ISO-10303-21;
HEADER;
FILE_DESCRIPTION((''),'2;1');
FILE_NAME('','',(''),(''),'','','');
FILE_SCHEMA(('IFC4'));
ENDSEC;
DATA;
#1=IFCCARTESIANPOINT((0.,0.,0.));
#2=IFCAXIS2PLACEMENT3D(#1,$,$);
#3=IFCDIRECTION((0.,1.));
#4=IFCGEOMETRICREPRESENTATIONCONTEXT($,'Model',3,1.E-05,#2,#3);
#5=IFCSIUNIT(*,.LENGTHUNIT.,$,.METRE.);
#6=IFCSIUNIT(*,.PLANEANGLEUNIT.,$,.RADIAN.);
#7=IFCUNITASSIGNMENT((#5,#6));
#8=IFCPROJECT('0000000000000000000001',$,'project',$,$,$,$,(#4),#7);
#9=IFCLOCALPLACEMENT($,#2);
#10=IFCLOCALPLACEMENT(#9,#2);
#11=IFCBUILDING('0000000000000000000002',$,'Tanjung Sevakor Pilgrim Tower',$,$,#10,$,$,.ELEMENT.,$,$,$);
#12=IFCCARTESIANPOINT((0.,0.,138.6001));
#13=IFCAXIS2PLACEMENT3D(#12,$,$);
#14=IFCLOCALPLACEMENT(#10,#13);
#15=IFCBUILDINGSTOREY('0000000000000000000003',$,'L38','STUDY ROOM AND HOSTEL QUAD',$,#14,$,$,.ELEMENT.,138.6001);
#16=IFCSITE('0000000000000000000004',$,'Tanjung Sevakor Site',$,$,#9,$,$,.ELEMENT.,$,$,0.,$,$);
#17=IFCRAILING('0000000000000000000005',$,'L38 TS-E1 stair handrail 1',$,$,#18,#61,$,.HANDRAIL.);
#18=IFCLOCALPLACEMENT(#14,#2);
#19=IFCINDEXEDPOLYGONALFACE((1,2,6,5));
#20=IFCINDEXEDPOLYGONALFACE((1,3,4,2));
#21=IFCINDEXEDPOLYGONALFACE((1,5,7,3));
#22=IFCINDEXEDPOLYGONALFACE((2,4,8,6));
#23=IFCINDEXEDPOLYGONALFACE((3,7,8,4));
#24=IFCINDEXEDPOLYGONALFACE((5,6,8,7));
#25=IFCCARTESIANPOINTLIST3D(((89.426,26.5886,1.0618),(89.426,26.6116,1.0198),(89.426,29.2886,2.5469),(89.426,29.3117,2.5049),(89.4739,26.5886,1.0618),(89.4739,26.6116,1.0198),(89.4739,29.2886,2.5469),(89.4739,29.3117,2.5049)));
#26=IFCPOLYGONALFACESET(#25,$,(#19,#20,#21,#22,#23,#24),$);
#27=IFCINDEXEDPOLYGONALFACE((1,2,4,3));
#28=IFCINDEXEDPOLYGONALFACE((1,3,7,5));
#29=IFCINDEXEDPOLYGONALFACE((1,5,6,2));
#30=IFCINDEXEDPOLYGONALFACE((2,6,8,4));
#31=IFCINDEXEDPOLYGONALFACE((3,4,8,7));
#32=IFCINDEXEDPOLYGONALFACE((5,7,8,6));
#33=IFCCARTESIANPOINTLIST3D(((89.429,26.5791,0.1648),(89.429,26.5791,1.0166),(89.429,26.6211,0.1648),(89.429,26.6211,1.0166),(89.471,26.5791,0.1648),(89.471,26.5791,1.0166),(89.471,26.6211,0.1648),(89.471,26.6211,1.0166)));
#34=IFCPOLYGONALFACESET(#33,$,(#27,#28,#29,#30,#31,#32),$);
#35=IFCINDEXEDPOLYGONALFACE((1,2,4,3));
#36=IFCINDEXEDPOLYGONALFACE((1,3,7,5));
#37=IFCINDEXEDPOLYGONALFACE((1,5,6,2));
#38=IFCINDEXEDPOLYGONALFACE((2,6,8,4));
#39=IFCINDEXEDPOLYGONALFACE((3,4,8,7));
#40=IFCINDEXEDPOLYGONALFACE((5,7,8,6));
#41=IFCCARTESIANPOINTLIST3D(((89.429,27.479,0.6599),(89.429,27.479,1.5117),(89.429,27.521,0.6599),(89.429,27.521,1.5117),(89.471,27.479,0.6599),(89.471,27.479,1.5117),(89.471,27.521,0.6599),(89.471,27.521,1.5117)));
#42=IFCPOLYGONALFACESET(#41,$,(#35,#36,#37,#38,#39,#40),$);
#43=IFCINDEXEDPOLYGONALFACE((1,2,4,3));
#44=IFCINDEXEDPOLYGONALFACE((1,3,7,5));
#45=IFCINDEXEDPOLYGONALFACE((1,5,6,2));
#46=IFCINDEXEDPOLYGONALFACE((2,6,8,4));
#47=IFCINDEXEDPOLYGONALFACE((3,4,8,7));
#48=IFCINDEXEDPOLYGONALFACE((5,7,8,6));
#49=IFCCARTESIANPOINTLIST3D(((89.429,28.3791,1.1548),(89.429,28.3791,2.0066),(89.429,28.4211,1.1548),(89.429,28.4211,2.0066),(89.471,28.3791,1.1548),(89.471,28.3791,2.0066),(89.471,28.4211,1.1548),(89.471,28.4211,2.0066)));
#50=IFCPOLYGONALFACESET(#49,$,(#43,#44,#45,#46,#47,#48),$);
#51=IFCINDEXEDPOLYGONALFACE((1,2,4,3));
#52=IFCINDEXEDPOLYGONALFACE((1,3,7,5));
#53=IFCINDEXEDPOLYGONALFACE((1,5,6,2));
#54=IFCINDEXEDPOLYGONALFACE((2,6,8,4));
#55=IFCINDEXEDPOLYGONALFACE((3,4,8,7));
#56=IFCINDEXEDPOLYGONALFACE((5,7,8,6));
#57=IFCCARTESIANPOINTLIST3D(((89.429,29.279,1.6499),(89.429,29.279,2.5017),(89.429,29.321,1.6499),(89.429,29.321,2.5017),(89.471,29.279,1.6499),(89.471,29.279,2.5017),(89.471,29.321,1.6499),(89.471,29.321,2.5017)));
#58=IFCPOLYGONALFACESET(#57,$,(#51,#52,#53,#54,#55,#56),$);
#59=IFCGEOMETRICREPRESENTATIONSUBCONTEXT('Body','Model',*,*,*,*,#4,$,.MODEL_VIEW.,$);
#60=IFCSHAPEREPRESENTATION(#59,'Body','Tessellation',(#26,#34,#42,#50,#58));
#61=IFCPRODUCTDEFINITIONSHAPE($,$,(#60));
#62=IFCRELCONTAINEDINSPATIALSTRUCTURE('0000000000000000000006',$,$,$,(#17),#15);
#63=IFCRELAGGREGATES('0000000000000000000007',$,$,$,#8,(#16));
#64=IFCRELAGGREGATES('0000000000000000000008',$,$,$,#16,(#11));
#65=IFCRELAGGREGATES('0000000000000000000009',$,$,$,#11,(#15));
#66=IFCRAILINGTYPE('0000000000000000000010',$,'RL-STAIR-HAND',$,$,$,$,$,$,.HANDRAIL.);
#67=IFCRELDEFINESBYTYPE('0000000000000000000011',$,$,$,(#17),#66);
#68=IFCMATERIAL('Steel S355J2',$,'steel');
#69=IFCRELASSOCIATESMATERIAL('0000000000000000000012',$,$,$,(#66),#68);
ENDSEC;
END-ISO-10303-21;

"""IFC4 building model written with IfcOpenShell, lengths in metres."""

from ifc_helpers import new_model, si_unit, direction, frame, origin, place, context, subcontext, project, spatial, rectangle, extrude, material, type_object, element, save


model = new_model("IFC4")

# Units and contexts
model_context = context("Model", 3, precision=1e-05, world=origin(), true_north=direction((0.0, 1.0)))
body_context = subcontext(model_context, "Body", "Model", "MODEL_VIEW")
ifc_project = project(units=[si_unit("LENGTHUNIT", "METRE"), si_unit("PLANEANGLEUNIT", "RADIAN")], contexts=[model_context])

# Site, building, storey
site_placement = place(None, origin())
site = spatial("IfcSite", under=ifc_project, at=site_placement, Name="Tanjung Sevakor Site", CompositionType="ELEMENT", RefElevation=0.0)
building_placement = place(site_placement, origin())
building = spatial("IfcBuilding", under=site, at=building_placement, Name="Tanjung Sevakor Pilgrim Tower", CompositionType="ELEMENT")
storey_placement = place(building_placement, frame((0.0, 0.0, 138.6001)))
storey = spatial("IfcBuildingStorey", under=building, at=storey_placement, Name="L38", Description="STUDY ROOM AND HOSTEL QUAD", CompositionType="ELEMENT", Elevation=138.6001)

# Railing
ifc_material_1 = material(Name="Steel S355J2", Category="steel")
railing_type_1 = type_object("IfcRailingType", Name="RL-STAIR-HAND", PredefinedType="HANDRAIL", material=ifc_material_1)
railing_1_placement = place(storey_placement, frame((89.45, 26.6001, 0.1648)))
element("IfcRailing", 1, at=railing_1_placement, inside=storey, type_object=railing_type_1, Name="L38 TS-E1 stair handrail 1", PredefinedType="HANDRAIL", context=body_context, shape_type="SweptSolid", body=[
    extrude(rectangle(XDim=0.0479, YDim=0.0479), frame((0.0, 0.0, 0.876), z_axis=(0.0, 0.876198, 0.481952), x_axis=(-1.0, 0.0, 0.0)), (0.0, 0.0, 1.0), 3.0815),
    extrude(rectangle(XDim=0.042, YDim=0.042), origin(), (0.0, 0.0, 1.0), 0.8518),
    extrude(rectangle(XDim=0.042, YDim=0.042), frame((0.0, 0.8999, 0.4951)), (0.0, 0.0, 1.0), 0.8518),
    extrude(rectangle(XDim=0.042, YDim=0.042), frame((0.0, 1.8, 0.99)), (0.0, 0.0, 1.0), 0.8518),
    extrude(rectangle(XDim=0.042, YDim=0.042), frame((0.0, 2.7, 1.4851)), (0.0, 0.0, 1.0), 0.8518),
])

save(model, "model.ifc")
